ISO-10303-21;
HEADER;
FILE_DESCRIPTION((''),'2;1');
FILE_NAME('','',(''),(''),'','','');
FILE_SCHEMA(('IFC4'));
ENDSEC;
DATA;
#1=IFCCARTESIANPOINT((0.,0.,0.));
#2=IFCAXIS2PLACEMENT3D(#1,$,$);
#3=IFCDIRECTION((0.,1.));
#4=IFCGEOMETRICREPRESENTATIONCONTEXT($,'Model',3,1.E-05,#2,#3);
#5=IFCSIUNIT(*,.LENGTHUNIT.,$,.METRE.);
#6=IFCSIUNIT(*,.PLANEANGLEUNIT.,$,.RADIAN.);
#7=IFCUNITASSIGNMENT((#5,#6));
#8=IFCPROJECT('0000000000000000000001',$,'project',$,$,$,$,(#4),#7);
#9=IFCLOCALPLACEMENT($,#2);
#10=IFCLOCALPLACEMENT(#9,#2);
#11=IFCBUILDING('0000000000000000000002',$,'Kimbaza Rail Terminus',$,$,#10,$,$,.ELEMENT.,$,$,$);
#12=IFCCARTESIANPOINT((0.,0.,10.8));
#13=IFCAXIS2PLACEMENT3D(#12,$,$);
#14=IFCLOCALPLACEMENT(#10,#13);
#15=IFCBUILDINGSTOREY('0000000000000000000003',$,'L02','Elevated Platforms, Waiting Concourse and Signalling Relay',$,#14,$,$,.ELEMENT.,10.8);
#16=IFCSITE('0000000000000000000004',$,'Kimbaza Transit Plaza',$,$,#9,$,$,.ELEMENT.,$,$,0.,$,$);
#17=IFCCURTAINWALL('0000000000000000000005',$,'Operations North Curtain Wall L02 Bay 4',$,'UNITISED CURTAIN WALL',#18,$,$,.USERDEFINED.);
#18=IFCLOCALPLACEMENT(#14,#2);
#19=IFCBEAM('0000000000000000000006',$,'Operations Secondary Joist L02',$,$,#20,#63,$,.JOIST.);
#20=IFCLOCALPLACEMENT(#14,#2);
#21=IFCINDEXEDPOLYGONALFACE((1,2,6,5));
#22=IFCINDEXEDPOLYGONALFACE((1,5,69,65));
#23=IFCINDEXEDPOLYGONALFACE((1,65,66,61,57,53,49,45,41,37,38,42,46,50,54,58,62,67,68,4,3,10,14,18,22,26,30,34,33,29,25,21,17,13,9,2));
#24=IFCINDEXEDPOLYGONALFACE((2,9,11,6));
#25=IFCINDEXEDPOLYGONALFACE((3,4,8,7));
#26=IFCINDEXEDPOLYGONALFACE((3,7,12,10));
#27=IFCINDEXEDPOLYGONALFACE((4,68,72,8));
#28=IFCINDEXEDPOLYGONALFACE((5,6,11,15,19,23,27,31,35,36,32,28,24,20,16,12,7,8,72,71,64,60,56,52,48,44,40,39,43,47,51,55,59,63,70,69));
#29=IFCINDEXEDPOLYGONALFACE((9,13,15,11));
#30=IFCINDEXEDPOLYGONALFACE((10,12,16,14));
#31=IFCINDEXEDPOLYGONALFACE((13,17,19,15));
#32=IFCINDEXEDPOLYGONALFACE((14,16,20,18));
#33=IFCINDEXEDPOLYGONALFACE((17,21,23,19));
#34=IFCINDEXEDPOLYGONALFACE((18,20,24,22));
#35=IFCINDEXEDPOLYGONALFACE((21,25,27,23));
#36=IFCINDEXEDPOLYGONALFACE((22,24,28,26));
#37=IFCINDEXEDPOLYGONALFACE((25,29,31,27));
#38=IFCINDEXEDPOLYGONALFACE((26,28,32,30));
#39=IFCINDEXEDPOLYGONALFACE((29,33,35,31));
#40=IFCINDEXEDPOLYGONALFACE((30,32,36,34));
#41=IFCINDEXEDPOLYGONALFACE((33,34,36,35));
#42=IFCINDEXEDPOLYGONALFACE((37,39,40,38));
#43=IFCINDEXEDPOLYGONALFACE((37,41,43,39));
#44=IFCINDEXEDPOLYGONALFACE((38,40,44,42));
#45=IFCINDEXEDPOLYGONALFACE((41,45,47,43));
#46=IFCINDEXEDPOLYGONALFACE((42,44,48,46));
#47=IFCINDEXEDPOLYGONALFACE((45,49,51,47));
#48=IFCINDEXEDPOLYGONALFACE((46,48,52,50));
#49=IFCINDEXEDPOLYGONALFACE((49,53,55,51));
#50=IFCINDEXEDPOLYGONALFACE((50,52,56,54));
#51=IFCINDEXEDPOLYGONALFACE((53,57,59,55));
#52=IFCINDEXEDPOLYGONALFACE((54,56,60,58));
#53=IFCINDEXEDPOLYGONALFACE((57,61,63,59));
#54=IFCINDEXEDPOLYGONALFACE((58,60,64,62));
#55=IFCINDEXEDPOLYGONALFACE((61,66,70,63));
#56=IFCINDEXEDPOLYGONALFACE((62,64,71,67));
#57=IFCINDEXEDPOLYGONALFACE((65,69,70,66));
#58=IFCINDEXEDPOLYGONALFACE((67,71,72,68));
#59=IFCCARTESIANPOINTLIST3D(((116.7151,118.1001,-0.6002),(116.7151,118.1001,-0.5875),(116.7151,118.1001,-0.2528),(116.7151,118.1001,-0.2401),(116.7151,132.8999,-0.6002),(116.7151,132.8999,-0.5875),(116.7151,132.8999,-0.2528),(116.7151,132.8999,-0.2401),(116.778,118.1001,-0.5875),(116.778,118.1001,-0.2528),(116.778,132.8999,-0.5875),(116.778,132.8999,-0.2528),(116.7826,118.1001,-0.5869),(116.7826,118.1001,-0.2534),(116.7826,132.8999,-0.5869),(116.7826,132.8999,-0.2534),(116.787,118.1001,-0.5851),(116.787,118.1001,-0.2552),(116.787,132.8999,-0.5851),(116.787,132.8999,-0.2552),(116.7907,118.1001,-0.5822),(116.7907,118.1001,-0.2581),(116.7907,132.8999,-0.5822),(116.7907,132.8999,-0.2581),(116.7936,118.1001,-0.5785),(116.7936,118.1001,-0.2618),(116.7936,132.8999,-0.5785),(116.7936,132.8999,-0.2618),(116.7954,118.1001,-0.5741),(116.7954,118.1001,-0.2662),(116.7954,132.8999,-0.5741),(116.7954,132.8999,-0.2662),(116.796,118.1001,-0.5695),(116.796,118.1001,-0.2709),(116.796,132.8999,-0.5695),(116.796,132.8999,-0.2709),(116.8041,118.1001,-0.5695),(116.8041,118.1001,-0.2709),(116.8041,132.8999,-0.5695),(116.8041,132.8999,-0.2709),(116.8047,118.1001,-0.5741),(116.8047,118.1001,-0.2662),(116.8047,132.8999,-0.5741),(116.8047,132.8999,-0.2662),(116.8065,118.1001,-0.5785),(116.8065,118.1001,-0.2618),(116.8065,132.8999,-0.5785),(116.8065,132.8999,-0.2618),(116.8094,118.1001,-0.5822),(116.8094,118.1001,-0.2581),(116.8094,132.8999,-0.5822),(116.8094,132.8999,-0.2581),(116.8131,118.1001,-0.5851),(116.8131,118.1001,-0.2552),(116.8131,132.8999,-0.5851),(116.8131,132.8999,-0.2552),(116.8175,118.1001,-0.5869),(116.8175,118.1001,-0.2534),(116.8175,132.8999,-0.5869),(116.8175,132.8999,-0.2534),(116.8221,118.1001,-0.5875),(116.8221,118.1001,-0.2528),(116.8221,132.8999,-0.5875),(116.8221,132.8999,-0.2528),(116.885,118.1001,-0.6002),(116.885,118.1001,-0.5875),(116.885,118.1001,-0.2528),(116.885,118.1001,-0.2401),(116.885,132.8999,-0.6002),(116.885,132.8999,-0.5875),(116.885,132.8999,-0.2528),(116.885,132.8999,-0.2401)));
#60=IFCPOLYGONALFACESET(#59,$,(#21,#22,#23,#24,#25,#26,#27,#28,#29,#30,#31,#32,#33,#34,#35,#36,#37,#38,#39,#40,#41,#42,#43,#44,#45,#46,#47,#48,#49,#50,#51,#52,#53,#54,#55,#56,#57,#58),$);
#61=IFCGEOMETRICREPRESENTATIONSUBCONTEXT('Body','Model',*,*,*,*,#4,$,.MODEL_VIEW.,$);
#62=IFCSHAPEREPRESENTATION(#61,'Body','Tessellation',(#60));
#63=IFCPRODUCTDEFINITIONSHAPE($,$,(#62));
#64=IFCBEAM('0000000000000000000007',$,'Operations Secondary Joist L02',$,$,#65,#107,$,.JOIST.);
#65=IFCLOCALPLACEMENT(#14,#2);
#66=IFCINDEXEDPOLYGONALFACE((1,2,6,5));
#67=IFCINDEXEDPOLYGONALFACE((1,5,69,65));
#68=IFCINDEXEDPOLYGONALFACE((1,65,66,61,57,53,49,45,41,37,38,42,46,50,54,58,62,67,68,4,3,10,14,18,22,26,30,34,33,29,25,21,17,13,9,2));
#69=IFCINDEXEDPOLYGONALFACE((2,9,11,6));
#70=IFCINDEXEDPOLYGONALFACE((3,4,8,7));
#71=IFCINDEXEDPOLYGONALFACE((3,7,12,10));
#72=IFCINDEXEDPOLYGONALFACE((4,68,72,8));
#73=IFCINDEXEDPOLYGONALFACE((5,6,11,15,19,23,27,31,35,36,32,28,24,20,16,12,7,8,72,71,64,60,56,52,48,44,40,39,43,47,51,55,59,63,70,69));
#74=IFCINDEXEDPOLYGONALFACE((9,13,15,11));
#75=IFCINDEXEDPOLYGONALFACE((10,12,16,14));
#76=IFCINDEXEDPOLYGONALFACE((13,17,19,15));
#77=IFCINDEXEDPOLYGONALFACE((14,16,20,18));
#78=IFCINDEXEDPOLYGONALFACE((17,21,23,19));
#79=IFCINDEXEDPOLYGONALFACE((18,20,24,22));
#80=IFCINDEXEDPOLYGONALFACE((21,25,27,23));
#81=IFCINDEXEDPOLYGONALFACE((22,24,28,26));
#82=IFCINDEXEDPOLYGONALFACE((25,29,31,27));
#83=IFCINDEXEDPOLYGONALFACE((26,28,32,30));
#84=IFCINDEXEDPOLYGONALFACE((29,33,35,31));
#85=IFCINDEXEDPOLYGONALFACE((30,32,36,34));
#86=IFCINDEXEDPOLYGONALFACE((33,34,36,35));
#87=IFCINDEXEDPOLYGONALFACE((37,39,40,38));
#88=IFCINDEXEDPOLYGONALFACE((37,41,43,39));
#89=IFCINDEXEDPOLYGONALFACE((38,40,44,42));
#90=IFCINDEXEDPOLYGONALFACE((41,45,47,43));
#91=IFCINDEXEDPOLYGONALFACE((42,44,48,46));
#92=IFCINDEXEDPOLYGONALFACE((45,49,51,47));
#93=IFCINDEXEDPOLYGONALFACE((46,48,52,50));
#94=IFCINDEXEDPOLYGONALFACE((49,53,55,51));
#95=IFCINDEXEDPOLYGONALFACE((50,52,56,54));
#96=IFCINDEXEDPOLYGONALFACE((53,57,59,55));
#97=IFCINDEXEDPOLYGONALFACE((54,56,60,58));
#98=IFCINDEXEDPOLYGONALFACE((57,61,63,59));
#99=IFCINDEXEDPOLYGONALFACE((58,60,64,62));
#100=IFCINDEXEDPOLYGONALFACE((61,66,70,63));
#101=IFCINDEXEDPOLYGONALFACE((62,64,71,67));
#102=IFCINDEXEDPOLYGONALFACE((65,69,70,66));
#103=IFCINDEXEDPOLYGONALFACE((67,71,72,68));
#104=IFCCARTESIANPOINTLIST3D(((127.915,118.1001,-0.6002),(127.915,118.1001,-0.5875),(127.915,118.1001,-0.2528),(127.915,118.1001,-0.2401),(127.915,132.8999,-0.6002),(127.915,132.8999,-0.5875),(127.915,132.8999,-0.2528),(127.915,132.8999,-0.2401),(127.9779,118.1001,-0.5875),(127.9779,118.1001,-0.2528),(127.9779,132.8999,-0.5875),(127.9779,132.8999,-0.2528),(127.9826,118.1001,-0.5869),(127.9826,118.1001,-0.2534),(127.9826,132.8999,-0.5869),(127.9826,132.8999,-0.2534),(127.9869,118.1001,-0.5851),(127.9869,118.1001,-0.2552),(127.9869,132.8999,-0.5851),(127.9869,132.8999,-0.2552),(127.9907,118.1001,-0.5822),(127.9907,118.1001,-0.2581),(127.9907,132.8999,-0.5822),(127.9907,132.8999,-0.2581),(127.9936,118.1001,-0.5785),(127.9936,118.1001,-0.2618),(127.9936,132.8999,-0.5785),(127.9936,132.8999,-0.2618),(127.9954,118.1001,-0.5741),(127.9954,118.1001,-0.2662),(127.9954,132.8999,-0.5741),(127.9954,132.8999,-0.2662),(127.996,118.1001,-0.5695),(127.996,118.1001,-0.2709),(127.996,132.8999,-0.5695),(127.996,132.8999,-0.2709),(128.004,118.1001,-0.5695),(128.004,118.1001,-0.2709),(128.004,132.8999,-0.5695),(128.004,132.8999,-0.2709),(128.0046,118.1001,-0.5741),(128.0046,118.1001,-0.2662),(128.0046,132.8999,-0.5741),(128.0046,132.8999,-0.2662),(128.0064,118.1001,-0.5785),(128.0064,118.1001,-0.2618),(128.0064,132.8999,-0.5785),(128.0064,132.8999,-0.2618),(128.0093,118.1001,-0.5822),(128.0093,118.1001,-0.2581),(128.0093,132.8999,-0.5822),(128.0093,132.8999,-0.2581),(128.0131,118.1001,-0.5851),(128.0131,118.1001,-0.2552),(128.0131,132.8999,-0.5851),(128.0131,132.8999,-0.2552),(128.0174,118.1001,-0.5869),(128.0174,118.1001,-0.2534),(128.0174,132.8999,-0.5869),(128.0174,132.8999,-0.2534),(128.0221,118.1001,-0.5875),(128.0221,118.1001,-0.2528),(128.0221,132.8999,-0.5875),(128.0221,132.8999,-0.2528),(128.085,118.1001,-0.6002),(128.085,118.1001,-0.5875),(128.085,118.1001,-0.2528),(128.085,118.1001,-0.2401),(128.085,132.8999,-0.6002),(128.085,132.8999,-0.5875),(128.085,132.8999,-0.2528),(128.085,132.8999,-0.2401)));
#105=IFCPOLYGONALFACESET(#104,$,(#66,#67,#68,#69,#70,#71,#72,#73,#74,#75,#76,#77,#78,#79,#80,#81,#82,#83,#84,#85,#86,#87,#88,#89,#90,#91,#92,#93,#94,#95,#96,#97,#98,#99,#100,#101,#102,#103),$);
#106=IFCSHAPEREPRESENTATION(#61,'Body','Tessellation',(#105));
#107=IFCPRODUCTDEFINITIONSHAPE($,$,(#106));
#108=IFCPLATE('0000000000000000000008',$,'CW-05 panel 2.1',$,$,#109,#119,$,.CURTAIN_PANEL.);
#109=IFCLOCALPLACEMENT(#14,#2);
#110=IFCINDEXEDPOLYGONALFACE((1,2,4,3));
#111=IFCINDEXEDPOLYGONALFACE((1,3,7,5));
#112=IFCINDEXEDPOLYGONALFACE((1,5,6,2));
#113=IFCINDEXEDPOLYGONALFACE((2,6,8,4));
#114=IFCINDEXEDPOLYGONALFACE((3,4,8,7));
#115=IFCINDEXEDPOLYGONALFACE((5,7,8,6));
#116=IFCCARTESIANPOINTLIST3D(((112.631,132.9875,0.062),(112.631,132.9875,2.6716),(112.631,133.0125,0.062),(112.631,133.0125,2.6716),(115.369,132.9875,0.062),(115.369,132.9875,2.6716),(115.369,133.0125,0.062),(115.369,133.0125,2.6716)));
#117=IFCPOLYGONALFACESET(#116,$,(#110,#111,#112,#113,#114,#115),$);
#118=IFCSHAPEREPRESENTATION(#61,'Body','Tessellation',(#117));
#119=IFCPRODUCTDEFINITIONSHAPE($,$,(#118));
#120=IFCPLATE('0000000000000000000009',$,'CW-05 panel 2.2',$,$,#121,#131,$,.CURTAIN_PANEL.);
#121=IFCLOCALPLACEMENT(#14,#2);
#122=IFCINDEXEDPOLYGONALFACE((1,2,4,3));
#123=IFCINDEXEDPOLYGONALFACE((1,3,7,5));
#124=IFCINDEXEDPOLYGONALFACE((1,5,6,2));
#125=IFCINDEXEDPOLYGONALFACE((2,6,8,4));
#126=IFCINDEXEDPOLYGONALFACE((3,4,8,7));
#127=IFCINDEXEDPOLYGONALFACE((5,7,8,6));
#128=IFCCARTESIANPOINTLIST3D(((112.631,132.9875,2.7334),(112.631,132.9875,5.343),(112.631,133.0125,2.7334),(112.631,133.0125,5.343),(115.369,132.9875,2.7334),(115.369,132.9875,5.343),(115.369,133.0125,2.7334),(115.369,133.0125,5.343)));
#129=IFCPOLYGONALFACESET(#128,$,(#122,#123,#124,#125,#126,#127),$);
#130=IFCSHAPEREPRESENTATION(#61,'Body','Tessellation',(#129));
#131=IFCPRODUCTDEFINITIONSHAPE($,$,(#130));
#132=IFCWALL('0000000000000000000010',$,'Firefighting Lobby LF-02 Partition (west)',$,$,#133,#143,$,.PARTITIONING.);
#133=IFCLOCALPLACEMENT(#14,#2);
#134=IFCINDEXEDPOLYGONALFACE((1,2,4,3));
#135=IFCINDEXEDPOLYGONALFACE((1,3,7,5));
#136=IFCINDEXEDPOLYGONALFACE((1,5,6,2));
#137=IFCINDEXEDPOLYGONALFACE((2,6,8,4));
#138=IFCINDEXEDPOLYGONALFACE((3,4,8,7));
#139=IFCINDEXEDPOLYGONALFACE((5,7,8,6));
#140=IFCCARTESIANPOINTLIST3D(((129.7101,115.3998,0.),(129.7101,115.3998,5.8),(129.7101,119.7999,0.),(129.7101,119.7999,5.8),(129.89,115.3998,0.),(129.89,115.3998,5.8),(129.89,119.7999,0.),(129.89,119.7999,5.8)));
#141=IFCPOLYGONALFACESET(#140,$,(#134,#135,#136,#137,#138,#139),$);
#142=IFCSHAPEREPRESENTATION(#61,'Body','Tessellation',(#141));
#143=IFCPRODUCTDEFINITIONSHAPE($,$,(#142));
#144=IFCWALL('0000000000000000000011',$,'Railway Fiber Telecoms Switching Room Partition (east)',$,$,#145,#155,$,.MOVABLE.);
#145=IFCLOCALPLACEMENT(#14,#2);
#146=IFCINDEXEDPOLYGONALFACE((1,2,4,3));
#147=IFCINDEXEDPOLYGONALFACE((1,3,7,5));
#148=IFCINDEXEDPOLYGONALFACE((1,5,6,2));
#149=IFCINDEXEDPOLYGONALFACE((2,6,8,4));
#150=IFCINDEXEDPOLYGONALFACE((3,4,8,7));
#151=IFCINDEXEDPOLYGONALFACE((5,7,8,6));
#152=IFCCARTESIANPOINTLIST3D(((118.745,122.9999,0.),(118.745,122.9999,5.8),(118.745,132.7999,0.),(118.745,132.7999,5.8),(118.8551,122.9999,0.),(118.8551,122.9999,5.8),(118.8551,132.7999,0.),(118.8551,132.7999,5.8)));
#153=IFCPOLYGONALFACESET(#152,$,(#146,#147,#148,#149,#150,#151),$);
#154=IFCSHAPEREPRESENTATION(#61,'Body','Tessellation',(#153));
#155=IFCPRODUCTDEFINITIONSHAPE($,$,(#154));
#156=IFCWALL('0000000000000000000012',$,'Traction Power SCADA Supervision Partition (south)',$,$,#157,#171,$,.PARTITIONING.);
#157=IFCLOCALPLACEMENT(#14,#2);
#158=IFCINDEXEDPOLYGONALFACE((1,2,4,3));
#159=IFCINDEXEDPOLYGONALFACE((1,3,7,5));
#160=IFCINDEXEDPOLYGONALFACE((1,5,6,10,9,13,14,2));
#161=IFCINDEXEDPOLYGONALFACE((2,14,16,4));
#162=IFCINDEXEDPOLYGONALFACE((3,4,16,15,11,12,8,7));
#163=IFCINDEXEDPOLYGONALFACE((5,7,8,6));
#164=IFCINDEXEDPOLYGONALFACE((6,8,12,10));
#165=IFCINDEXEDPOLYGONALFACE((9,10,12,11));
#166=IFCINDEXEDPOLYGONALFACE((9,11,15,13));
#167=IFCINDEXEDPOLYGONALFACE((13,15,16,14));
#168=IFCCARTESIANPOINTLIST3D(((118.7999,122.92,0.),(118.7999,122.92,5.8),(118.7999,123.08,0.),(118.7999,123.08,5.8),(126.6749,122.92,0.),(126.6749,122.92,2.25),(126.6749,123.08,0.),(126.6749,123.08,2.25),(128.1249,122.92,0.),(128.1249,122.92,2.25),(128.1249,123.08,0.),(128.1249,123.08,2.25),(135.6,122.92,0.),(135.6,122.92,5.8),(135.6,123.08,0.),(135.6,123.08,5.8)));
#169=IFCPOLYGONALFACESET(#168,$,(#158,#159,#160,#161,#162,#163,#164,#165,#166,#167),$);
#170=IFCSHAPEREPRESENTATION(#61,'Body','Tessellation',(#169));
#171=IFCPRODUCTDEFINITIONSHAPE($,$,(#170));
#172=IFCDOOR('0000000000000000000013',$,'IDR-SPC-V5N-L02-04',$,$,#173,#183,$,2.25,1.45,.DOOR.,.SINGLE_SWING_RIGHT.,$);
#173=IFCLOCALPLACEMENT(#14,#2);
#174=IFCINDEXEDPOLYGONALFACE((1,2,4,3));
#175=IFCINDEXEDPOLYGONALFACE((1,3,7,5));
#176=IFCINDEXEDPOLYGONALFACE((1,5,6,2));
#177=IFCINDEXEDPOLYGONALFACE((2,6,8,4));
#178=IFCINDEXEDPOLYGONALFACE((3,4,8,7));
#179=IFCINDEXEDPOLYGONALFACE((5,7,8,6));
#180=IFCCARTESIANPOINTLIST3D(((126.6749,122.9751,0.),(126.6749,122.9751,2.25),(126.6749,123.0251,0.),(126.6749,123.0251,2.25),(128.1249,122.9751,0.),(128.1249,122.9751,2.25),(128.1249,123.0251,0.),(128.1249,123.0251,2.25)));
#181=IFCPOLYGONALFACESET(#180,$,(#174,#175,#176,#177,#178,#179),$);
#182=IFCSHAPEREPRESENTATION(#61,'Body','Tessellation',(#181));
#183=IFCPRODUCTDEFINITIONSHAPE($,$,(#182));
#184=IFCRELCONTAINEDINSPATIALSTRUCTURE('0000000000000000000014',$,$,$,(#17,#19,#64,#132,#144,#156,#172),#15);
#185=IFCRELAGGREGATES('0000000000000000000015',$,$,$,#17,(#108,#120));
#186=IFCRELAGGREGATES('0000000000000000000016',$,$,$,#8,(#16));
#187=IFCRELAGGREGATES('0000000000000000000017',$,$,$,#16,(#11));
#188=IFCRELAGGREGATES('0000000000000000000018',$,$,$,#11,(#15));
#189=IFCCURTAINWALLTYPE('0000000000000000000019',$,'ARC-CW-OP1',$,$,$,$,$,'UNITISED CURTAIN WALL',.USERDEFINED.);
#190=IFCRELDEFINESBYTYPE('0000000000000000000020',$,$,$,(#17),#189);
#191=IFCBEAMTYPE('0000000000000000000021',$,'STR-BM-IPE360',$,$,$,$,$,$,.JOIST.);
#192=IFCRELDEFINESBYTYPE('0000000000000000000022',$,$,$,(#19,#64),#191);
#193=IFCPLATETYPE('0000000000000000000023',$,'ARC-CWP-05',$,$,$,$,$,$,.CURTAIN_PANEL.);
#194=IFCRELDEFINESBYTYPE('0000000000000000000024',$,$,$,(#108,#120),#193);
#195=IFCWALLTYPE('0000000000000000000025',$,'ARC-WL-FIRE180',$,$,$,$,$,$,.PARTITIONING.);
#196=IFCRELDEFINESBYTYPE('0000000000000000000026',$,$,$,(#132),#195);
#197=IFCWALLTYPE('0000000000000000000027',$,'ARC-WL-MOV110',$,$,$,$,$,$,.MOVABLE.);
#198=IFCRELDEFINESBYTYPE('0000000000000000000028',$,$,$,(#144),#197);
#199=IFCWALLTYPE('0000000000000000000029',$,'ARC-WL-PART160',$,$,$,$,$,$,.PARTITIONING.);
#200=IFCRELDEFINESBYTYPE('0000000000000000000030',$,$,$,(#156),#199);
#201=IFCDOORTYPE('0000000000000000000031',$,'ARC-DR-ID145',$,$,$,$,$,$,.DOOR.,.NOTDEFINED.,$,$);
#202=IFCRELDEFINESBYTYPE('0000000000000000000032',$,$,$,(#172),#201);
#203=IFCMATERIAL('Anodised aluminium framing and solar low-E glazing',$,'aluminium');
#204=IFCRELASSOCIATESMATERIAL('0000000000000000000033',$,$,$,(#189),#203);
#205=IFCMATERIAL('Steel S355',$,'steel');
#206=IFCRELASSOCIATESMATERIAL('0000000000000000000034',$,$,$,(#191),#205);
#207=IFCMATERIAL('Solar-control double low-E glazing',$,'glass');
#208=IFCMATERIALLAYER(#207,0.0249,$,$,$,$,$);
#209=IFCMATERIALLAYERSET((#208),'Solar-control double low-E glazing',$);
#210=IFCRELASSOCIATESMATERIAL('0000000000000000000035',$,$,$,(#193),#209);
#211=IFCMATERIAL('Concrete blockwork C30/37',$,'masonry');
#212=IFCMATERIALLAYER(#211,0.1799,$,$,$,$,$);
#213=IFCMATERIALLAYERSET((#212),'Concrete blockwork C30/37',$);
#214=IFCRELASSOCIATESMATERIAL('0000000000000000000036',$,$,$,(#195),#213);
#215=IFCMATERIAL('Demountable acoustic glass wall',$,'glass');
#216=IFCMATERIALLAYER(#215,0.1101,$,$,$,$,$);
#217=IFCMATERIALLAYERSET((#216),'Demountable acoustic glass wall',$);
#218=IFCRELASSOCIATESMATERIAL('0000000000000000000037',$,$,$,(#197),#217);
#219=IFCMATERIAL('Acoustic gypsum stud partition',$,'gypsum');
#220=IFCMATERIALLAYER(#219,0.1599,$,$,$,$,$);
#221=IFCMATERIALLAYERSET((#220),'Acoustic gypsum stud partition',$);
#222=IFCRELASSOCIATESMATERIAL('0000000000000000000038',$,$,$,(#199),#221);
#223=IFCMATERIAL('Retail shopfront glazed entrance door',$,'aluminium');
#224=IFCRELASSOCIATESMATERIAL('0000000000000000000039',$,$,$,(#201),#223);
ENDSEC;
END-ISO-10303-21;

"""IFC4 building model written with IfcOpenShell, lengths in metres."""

from ifc_helpers import new_model, si_unit, direction, frame, frame_2d, origin, origin_2d, place, context, subcontext, project, spatial, rectangle, i_section, extrude, material, layer, layer_set, material_profile, profile_set, type_object, element, fill, aggregate, save


model = new_model("IFC4")

# Units and contexts
model_context = context("Model", 3, precision=1e-05, world=origin(), true_north=direction((0.0, 1.0)))
body_context = subcontext(model_context, "Body", "Model", "MODEL_VIEW")
ifc_project = project(units=[si_unit("LENGTHUNIT", "METRE"), si_unit("PLANEANGLEUNIT", "RADIAN")], contexts=[model_context])

# Site, building, storey
site_placement = place(None, origin())
site = spatial("IfcSite", under=ifc_project, at=site_placement, Name="Kimbaza Transit Plaza", CompositionType="ELEMENT", RefElevation=0.0)
building_placement = place(site_placement, origin())
building = spatial("IfcBuilding", under=site, at=building_placement, Name="Kimbaza Rail Terminus", CompositionType="ELEMENT")
storey_placement = place(building_placement, frame((0.0, 0.0, 10.8)))
storey = spatial("IfcBuildingStorey", under=building, at=storey_placement, Name="L02", Description="Elevated Platforms, Waiting Concourse and Signalling Relay", CompositionType="ELEMENT", Elevation=10.8)

# Curtain wall
ifc_material_1 = material(Name="Anodised aluminium framing and solar low-E glazing", Category="aluminium")
curtain_wall_type = type_object("IfcCurtainWallType", Name="ARC-CW-OP1", ElementType="UNITISED CURTAIN WALL", PredefinedType="USERDEFINED", material=ifc_material_1)
curtain_wall_placement = place(storey_placement, origin())
curtain_wall = element("IfcCurtainWall", 1, at=curtain_wall_placement, inside=storey, type_object=curtain_wall_type, Name="Operations North Curtain Wall L02 Bay 4", ObjectType="UNITISED CURTAIN WALL", PredefinedType="USERDEFINED")

# Beams
ifc_material_2 = material(Name="Steel S355", Category="steel")
ifc_material_profile_1 = material_profile(ifc_material_2, i_section(OverallWidth=0.1699, OverallDepth=0.3601, WebThickness=0.0081, FlangeThickness=0.0127, FilletRadius=0.0181, at=origin_2d()), Name="IPE 360")
ifc_profile_set_1 = profile_set([ifc_material_profile_1], Name="Steel S355")
beam_type_1 = type_object("IfcBeamType", Name="STR-BM-IPE360", PredefinedType="JOIST", material=ifc_profile_set_1)
for number, where, z_axis, x_axis, name in (
    (2, (116.8, 118.1001, -0.4202), (0.0, 1.0, 0.0), (-1.0, 0.0, 0.0), "Operations Secondary Joist L02"),
    (3, (128.0, 118.1001, -0.4202), (0.0, 1.0, 0.0), (-1.0, 0.0, 0.0), "Operations Secondary Joist L02"),
):
    element("IfcBeam", number, at=place(storey_placement, frame(where, z_axis=z_axis, x_axis=x_axis)), inside=storey, type_object=beam_type_1, Name=name, PredefinedType="JOIST", context=body_context, shape_type="SweptSolid", body=[
        extrude(i_section(OverallWidth=0.1699, OverallDepth=0.3601, WebThickness=0.0081, FlangeThickness=0.0127, FilletRadius=0.0181, at=origin_2d()), origin(), (0.0, 0.0, 1.0), 14.7998),
    ])

# Plates
ifc_material_3 = material(Name="Solar-control double low-E glazing", Category="glass")
ifc_layer_1 = layer(ifc_material_3, 0.0249)
ifc_layer_set_1 = layer_set([ifc_layer_1], Name="Solar-control double low-E glazing")
plate_type = type_object("IfcPlateType", Name="ARC-CWP-05", PredefinedType="CURTAIN_PANEL", material=ifc_layer_set_1)
plate_1_placement = place(storey_placement, frame((114.0, 133.0, 0.062), z_axis=(0.0, 0.0, 1.0), x_axis=(1.0, 0.0, 0.0)))
plate_1 = element("IfcPlate", 4, at=plate_1_placement, type_object=plate_type, Name="CW-05 panel 2.1", PredefinedType="CURTAIN_PANEL", context=body_context, shape_type="SweptSolid", body=[
    extrude(rectangle(XDim=2.738, YDim=0.0249, at=origin_2d()), origin(), (0.0, 0.0, 1.0), 2.6096),
])
plate_2_placement = place(storey_placement, frame((114.0, 133.0, 2.7334), z_axis=(0.0, 0.0, 1.0), x_axis=(1.0, 0.0, 0.0)))
plate_2 = element("IfcPlate", 5, at=plate_2_placement, type_object=plate_type, Name="CW-05 panel 2.2", PredefinedType="CURTAIN_PANEL", context=body_context, shape_type="SweptSolid", body=[
    extrude(rectangle(XDim=2.738, YDim=0.0249, at=origin_2d()), origin(), (0.0, 0.0, 1.0), 2.6096),
])
aggregate(curtain_wall, [plate_1, plate_2])

# Walls
ifc_material_4 = material(Name="Concrete blockwork C30/37", Category="masonry")
ifc_layer_2 = layer(ifc_material_4, 0.1799)
ifc_layer_set_2 = layer_set([ifc_layer_2], Name="Concrete blockwork C30/37")
wall_type_1 = type_object("IfcWallType", Name="ARC-WL-FIRE180", PredefinedType="PARTITIONING", material=ifc_layer_set_2)
wall_1_placement = place(storey_placement, frame((129.8, 119.8, 0.0), z_axis=(0.0, 0.0, 1.0), x_axis=(0.0, -1.0, 0.0)))
element("IfcWall", 6, at=wall_1_placement, inside=storey, type_object=wall_type_1, Name="Firefighting Lobby LF-02 Partition (west)", PredefinedType="PARTITIONING", context=body_context, shape_type="SweptSolid", body=[
    extrude(rectangle(XDim=4.4001, YDim=0.1799, at=frame_2d((2.2002, 0.0))), origin(), (0.0, 0.0, 1.0), 5.8),
])
ifc_material_5 = material(Name="Demountable acoustic glass wall", Category="glass")
ifc_layer_3 = layer(ifc_material_5, 0.1101)
ifc_layer_set_3 = layer_set([ifc_layer_3], Name="Demountable acoustic glass wall")
wall_type_2 = type_object("IfcWallType", Name="ARC-WL-MOV110", PredefinedType="MOVABLE", material=ifc_layer_set_3)
wall_2_placement = place(storey_placement, frame((118.8, 123.0, 0.0), z_axis=(0.0, 0.0, 1.0), x_axis=(0.0, 1.0, 0.0)))
element("IfcWall", 7, at=wall_2_placement, inside=storey, type_object=wall_type_2, Name="Railway Fiber Telecoms Switching Room Partition (east)", PredefinedType="MOVABLE", context=body_context, shape_type="SweptSolid", body=[
    extrude(rectangle(XDim=9.8, YDim=0.1101, at=frame_2d((4.8999, 0.0))), origin(), (0.0, 0.0, 1.0), 5.8),
])

# Wall, opening, door
ifc_material_6 = material(Name="Acoustic gypsum stud partition", Category="gypsum")
ifc_layer_4 = layer(ifc_material_6, 0.1599)
ifc_layer_set_4 = layer_set([ifc_layer_4], Name="Acoustic gypsum stud partition")
wall_type_3 = type_object("IfcWallType", Name="ARC-WL-PART160", PredefinedType="PARTITIONING", material=ifc_layer_set_4)
wall_3_placement = place(storey_placement, frame((118.8, 123.0, 0.0), z_axis=(0.0, 0.0, 1.0), x_axis=(1.0, 0.0, 0.0)))
wall_3 = element("IfcWall", 8, at=wall_3_placement, inside=storey, type_object=wall_type_3, Name="Traction Power SCADA Supervision Partition (south)", PredefinedType="PARTITIONING", context=body_context, shape_type="SweptSolid", body=[
    extrude(rectangle(XDim=16.8, YDim=0.1599, at=frame_2d((8.3999, 0.0))), origin(), (0.0, 0.0, 1.0), 5.8),
])
opening_1_placement = place(wall_3_placement, frame((9.325, 0.0, 0.0), z_axis=(0.0, 0.0, 1.0), x_axis=(-1.0, 0.0, 0.0)))
opening_1 = element("IfcOpeningElement", 9, at=opening_1_placement, cuts=wall_3, PredefinedType="OPENING", context=body_context, shape_type="SweptSolid", body=[
    extrude(rectangle(XDim=1.45, YDim=2.25, at=frame_2d((0.7251, 1.125))), frame((0.0, 0.0898, 0.0), z_axis=(0.0, -1.0, 0.0), x_axis=(1.0, 0.0, 0.0)), (0.0, 0.0, 1.0), 0.1799),
])
ifc_material_7 = material(Name="Retail shopfront glazed entrance door", Category="aluminium")
door_type_1 = type_object("IfcDoorType", Name="ARC-DR-ID145", OperationType="NOTDEFINED", PredefinedType="DOOR", material=ifc_material_7)
door_1_placement = place(opening_1_placement, origin())
door_1 = element("IfcDoor", 10, at=door_1_placement, inside=storey, type_object=door_type_1, Name="IDR-SPC-V5N-L02-04", OperationType="SINGLE_SWING_RIGHT", OverallHeight=2.25, OverallWidth=1.45, PredefinedType="DOOR", context=body_context, shape_type="SweptSolid", body=[
    extrude(rectangle(XDim=1.45, YDim=2.25, at=frame_2d((0.7251, 1.125))), frame((0.0, 0.0249, 0.0), z_axis=(0.0, -1.0, 0.0), x_axis=(1.0, 0.0, 0.0)), (0.0, 0.0, 1.0), 0.05),
])
fill(opening_1, door_1)

save(model, "model.ifc")
